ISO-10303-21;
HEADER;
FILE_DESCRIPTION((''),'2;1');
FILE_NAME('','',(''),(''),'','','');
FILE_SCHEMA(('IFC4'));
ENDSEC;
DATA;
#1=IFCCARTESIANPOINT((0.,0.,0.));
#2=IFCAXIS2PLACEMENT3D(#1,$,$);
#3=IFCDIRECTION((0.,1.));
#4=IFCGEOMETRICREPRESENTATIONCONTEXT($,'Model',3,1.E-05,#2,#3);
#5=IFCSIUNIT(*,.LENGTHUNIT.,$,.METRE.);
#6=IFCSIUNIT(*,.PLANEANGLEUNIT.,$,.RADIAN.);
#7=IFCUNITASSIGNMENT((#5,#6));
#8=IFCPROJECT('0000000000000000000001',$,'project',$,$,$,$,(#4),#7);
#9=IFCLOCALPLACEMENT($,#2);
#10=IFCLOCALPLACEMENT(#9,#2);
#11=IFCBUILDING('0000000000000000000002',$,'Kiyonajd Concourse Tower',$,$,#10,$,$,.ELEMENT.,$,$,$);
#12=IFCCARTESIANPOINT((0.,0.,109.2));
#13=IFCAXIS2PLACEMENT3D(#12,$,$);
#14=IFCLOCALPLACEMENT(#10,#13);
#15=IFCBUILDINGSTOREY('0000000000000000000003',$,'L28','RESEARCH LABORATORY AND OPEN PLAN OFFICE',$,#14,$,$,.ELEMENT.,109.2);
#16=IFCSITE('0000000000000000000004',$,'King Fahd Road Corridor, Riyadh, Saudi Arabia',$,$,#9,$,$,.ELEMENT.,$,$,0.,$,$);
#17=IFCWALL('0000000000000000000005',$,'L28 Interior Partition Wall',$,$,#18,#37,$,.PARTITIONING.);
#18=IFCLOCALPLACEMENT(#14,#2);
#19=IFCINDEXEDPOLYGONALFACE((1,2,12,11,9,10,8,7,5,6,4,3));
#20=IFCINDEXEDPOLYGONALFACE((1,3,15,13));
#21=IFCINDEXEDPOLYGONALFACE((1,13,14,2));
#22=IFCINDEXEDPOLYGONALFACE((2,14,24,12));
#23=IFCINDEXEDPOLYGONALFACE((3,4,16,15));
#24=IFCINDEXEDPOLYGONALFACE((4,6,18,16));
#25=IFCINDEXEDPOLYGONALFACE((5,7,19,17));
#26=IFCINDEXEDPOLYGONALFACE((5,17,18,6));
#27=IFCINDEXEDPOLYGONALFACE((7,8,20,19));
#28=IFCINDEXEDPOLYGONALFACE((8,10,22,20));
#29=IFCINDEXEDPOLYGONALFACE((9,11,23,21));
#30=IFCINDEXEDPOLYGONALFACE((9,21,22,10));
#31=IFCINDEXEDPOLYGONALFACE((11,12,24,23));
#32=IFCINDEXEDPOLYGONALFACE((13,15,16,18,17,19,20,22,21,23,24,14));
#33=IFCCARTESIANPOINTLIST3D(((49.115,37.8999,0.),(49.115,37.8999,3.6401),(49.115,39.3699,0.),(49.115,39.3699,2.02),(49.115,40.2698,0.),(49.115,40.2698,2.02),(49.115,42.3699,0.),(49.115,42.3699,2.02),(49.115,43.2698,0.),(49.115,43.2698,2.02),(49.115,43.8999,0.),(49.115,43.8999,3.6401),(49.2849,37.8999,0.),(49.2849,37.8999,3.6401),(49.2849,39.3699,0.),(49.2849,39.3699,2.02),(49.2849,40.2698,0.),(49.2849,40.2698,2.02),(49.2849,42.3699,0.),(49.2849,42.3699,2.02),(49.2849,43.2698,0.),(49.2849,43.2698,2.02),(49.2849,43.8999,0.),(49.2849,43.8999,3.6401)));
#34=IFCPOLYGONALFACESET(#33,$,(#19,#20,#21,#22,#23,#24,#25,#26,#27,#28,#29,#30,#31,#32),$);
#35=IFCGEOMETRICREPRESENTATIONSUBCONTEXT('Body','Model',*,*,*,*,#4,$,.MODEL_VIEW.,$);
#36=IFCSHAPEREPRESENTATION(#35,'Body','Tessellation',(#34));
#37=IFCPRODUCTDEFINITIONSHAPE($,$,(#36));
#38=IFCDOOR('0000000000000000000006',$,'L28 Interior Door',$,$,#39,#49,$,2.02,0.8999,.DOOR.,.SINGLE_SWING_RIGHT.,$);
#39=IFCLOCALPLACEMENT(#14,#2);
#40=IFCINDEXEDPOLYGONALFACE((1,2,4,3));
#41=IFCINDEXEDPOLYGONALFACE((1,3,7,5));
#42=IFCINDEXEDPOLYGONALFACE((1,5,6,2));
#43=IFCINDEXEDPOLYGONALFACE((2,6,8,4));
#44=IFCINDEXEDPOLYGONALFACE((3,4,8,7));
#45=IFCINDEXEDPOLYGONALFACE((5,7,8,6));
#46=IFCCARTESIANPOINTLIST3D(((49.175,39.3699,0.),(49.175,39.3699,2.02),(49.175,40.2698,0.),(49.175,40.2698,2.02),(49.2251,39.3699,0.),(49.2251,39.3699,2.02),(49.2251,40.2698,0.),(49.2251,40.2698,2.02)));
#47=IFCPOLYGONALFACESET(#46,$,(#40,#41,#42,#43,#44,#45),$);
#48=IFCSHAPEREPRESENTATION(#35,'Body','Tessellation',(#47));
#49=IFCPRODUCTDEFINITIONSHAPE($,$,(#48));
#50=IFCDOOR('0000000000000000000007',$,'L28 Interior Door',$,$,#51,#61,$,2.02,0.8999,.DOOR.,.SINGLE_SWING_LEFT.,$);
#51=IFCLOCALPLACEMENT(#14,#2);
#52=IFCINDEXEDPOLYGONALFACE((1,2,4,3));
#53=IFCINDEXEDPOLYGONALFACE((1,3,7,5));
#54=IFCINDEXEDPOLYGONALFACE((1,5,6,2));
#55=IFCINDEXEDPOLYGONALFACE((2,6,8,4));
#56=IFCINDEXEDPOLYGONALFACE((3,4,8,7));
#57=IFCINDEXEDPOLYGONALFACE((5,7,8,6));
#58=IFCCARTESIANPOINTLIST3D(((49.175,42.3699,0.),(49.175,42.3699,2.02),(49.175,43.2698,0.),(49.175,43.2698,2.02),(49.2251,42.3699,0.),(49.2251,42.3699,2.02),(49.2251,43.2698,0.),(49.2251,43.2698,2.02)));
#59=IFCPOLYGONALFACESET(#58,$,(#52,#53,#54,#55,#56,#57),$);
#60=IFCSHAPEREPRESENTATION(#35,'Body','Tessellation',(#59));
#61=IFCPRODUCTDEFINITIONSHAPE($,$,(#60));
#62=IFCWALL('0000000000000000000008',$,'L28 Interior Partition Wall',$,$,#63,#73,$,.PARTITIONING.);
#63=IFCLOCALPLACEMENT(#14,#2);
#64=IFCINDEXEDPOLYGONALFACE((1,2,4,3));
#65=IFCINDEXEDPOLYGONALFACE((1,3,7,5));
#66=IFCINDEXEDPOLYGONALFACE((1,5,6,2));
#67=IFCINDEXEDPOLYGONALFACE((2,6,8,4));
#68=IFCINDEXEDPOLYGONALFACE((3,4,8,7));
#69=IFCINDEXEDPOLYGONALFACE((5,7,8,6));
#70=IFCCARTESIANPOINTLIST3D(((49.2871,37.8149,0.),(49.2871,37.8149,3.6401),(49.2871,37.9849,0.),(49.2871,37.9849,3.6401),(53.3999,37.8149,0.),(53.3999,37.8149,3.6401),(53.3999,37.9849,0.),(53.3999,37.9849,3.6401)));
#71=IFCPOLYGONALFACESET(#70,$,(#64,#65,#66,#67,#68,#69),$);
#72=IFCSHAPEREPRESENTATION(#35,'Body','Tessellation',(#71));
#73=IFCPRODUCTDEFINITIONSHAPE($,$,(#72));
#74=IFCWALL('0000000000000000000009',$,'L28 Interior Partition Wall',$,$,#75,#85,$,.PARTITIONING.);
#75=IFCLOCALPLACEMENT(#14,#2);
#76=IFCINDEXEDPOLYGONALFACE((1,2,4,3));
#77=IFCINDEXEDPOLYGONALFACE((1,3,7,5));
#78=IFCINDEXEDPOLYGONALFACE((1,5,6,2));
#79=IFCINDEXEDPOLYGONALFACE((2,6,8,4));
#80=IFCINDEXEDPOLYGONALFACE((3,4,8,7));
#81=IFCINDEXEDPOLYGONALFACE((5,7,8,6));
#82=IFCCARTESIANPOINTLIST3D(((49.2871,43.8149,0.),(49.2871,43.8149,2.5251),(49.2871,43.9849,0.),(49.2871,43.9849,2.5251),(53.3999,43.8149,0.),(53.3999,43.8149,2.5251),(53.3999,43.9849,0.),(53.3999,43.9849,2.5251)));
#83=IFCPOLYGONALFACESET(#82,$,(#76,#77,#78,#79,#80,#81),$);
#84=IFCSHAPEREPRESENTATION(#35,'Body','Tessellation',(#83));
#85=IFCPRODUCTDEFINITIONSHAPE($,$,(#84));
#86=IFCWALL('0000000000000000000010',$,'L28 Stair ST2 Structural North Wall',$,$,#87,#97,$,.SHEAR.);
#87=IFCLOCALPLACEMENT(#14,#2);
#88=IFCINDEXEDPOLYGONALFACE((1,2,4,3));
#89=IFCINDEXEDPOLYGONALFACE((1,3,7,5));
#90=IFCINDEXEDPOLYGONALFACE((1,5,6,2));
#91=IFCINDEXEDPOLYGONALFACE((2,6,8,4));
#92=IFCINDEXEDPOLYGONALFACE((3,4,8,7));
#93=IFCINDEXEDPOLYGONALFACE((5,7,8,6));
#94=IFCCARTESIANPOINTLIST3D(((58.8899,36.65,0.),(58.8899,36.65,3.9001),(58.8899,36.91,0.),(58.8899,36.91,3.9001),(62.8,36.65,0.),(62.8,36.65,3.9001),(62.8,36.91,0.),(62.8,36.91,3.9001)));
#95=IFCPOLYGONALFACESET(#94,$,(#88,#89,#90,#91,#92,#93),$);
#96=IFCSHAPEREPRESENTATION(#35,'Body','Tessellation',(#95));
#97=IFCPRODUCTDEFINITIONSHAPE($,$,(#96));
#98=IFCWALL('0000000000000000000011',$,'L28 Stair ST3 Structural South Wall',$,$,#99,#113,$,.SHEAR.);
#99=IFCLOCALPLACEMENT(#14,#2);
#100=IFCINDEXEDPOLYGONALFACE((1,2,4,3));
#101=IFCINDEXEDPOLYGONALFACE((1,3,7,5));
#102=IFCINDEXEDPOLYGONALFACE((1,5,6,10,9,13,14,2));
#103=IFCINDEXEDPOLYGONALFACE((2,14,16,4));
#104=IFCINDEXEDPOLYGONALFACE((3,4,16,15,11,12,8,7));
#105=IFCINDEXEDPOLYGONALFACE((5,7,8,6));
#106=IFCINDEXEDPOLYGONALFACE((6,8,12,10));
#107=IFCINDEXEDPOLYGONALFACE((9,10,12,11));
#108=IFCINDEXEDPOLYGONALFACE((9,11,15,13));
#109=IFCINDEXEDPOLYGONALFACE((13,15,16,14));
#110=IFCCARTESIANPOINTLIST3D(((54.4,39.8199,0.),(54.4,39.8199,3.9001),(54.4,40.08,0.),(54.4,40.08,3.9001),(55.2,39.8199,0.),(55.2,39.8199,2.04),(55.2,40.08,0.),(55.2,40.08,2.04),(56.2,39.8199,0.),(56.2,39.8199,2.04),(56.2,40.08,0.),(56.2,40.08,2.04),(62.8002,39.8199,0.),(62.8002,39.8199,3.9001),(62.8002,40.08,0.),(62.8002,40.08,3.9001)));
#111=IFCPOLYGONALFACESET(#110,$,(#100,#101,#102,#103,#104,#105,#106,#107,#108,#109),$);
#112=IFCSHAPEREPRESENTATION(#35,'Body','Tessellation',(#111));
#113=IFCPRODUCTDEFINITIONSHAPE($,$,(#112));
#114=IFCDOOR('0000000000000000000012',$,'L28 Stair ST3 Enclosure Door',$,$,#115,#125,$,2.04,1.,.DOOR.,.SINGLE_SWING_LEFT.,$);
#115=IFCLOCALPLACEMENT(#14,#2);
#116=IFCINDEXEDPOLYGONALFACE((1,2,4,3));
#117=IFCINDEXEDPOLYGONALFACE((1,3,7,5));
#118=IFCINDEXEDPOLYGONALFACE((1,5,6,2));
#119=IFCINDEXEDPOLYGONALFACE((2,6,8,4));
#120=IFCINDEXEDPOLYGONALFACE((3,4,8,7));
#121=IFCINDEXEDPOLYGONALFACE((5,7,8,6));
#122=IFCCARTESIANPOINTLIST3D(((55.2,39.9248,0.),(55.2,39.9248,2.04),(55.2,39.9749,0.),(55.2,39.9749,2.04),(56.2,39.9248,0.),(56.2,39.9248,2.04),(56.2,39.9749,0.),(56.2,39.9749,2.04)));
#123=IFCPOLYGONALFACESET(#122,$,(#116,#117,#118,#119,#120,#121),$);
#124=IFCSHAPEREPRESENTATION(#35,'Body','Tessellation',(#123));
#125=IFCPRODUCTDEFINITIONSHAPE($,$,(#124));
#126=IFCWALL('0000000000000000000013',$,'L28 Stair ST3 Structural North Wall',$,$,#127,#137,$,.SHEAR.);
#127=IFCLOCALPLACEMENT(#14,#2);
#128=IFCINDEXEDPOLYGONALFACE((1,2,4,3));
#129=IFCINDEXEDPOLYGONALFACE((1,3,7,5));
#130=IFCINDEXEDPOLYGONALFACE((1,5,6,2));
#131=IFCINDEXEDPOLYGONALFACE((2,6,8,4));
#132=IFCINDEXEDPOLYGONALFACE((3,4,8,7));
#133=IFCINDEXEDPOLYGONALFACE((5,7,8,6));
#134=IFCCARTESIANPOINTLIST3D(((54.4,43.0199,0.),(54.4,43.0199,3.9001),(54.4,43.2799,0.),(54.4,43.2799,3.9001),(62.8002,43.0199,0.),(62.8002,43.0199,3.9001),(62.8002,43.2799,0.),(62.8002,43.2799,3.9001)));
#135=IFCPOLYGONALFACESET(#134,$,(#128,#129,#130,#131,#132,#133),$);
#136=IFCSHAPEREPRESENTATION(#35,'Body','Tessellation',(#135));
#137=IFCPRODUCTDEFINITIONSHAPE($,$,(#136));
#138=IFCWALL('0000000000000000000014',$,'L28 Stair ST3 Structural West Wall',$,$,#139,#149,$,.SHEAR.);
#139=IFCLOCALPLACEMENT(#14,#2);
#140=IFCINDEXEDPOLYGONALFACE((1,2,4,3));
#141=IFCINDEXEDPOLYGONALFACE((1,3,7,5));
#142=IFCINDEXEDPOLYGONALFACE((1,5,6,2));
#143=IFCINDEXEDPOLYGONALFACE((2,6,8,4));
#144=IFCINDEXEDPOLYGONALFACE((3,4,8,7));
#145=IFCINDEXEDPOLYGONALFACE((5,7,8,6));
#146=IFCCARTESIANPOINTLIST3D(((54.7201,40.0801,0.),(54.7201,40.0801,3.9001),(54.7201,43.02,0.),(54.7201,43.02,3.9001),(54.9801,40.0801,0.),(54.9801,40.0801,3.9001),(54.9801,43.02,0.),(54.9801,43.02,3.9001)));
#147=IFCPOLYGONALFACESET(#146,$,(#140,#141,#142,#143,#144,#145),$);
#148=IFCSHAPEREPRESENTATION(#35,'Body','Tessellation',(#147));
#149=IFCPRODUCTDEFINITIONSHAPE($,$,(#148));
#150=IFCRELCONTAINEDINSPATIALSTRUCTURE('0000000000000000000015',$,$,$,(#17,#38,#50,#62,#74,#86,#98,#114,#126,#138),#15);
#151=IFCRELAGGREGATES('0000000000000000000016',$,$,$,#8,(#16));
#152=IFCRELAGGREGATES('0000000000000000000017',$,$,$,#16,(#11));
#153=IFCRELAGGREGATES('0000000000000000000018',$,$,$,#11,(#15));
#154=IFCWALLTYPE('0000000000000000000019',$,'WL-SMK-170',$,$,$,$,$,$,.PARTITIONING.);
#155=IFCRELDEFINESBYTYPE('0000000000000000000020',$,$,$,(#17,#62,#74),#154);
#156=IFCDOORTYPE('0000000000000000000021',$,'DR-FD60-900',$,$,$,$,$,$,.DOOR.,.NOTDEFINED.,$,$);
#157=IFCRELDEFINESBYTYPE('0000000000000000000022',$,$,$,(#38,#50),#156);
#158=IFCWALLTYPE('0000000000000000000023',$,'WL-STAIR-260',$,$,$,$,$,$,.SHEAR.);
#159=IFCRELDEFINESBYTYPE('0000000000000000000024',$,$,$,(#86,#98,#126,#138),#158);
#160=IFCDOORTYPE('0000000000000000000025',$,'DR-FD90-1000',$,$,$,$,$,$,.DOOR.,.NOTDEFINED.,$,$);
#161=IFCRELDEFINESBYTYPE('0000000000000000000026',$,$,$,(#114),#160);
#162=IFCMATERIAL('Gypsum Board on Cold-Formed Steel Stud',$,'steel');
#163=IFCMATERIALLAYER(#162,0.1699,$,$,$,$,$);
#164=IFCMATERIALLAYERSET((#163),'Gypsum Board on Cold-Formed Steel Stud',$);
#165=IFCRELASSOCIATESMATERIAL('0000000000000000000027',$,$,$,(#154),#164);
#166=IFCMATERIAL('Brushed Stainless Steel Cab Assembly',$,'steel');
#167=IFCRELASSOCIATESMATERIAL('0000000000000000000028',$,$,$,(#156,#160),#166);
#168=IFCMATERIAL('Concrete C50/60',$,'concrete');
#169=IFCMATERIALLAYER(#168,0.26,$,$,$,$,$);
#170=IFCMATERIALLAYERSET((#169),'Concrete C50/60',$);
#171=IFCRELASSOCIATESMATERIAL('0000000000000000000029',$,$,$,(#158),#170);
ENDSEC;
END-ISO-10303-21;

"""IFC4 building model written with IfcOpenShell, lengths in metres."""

from ifc_helpers import new_model, si_unit, direction, frame, frame_2d, origin, place, context, subcontext, project, spatial, rectangle, extrude, material, layer, layer_set, type_object, element, fill, save


model = new_model("IFC4")

# Units and contexts
model_context = context("Model", 3, precision=1e-05, world=origin(), true_north=direction((0.0, 1.0)))
body_context = subcontext(model_context, "Body", "Model", "MODEL_VIEW")
ifc_project = project(units=[si_unit("LENGTHUNIT", "METRE"), si_unit("PLANEANGLEUNIT", "RADIAN")], contexts=[model_context])

# Site, building, storey
site_placement = place(None, origin())
site = spatial("IfcSite", under=ifc_project, at=site_placement, Name="King Fahd Road Corridor, Riyadh, Saudi Arabia", CompositionType="ELEMENT", RefElevation=0.0)
building_placement = place(site_placement, origin())
building = spatial("IfcBuilding", under=site, at=building_placement, Name="Kiyonajd Concourse Tower", CompositionType="ELEMENT")
storey_placement = place(building_placement, frame((0.0, 0.0, 109.2)))
storey = spatial("IfcBuildingStorey", under=building, at=storey_placement, Name="L28", Description="RESEARCH LABORATORY AND OPEN PLAN OFFICE", CompositionType="ELEMENT", Elevation=109.2)

# Shared definitions
ifc_material_1 = material(Name="Concrete C50/60", Category="concrete")

# Shared definitions
ifc_material_2 = material(Name="Gypsum Board on Cold-Formed Steel Stud", Category="steel")
ifc_layer_1 = layer(ifc_material_2, 0.1699)
ifc_layer_set_1 = layer_set([ifc_layer_1], Name="Gypsum Board on Cold-Formed Steel Stud")
wall_type_1 = type_object("IfcWallType", Name="WL-SMK-170", PredefinedType="PARTITIONING", material=ifc_layer_set_1)

# Wall, openings, doors
wall_1_placement = place(storey_placement, frame((49.2, 37.8999, 0.0), z_axis=(0.0, 0.0, 1.0), x_axis=(0.0, 1.0, 0.0)))
wall_1 = element("IfcWall", 1, at=wall_1_placement, inside=storey, type_object=wall_type_1, Name="L28 Interior Partition Wall", PredefinedType="PARTITIONING", context=body_context, shape_type="SweptSolid", body=[
    extrude(rectangle(XDim=6.0, YDim=0.1699, at=frame_2d((3.0, 0.0))), origin(), (0.0, 0.0, 1.0), 3.6401),
])
opening_1_placement = place(wall_1_placement, frame((1.47, 0.0, 0.0)))
opening_1 = element("IfcOpeningElement", 2, at=opening_1_placement, cuts=wall_1, PredefinedType="OPENING", context=body_context, shape_type="SweptSolid", body=[
    extrude(rectangle(XDim=0.8999, YDim=2.02, at=frame_2d((0.45, 1.01))), frame((0.0, 0.095, 0.0), z_axis=(0.0, -1.0, 0.0), x_axis=(1.0, 0.0, 0.0)), (0.0, 0.0, 1.0), 0.1899),
])
opening_2_placement = place(wall_1_placement, frame((4.47, 0.0, 0.0)))
opening_2 = element("IfcOpeningElement", 3, at=opening_2_placement, cuts=wall_1, PredefinedType="OPENING", context=body_context, shape_type="SweptSolid", body=[
    extrude(rectangle(XDim=0.8999, YDim=2.02, at=frame_2d((0.45, 1.01))), frame((0.0, 0.095, 0.0), z_axis=(0.0, -1.0, 0.0), x_axis=(1.0, 0.0, 0.0)), (0.0, 0.0, 1.0), 0.1899),
])
ifc_material_3 = material(Name="Brushed Stainless Steel Cab Assembly", Category="steel")
door_type_1 = type_object("IfcDoorType", Name="DR-FD60-900", OperationType="NOTDEFINED", PredefinedType="DOOR", material=ifc_material_3)
door_1_placement = place(opening_1_placement, origin())
door_1 = element("IfcDoor", 4, at=door_1_placement, inside=storey, type_object=door_type_1, Name="L28 Interior Door", OperationType="SINGLE_SWING_RIGHT", OverallHeight=2.02, OverallWidth=0.8999, PredefinedType="DOOR", context=body_context, shape_type="SweptSolid", body=[
    extrude(rectangle(XDim=0.8999, YDim=2.02, at=frame_2d((0.45, 1.01))), frame((0.0, 0.0249, 0.0), z_axis=(0.0, -1.0, 0.0), x_axis=(1.0, 0.0, 0.0)), (0.0, 0.0, 1.0), 0.05),
])
fill(opening_1, door_1)
door_2_placement = place(opening_2_placement, origin())
door_2 = element("IfcDoor", 5, at=door_2_placement, inside=storey, type_object=door_type_1, Name="L28 Interior Door", OperationType="SINGLE_SWING_LEFT", OverallHeight=2.02, OverallWidth=0.8999, PredefinedType="DOOR", context=body_context, shape_type="SweptSolid", body=[
    extrude(rectangle(XDim=0.8999, YDim=2.02, at=frame_2d((0.45, 1.01))), frame((0.0, 0.0249, 0.0), z_axis=(0.0, -1.0, 0.0), x_axis=(1.0, 0.0, 0.0)), (0.0, 0.0, 1.0), 0.05),
])
fill(opening_2, door_2)

# Walls
wall_2_placement = place(storey_placement, frame((49.2871, 37.8999, 0.0), z_axis=(0.0, 0.0, 1.0), x_axis=(1.0, 0.0, 0.0)))
element("IfcWall", 6, at=wall_2_placement, inside=storey, type_object=wall_type_1, Name="L28 Interior Partition Wall", PredefinedType="PARTITIONING", context=body_context, shape_type="SweptSolid", body=[
    extrude(rectangle(XDim=4.1128, YDim=0.1699, at=frame_2d((2.0564, 0.0))), origin(), (0.0, 0.0, 1.0), 3.6401),
])
wall_3_placement = place(storey_placement, frame((49.2871, 43.8999, 0.0), z_axis=(0.0, 0.0, 1.0), x_axis=(1.0, 0.0, 0.0)))
element("IfcWall", 7, at=wall_3_placement, inside=storey, type_object=wall_type_1, Name="L28 Interior Partition Wall", PredefinedType="PARTITIONING", context=body_context, shape_type="SweptSolid", body=[
    extrude(rectangle(XDim=4.1128, YDim=0.1699, at=frame_2d((2.0564, 0.0))), origin(), (0.0, 0.0, 1.0), 2.5251),
])
ifc_layer_2 = layer(ifc_material_1, 0.26)
ifc_layer_set_2 = layer_set([ifc_layer_2], Name="Concrete C50/60")
wall_type_2 = type_object("IfcWallType", Name="WL-STAIR-260", PredefinedType="SHEAR", material=ifc_layer_set_2)
wall_4_placement = place(storey_placement, frame((58.8899, 36.78, 0.0), z_axis=(0.0, 0.0, 1.0), x_axis=(1.0, 0.0, 0.0)))
element("IfcWall", 8, at=wall_4_placement, inside=storey, type_object=wall_type_2, Name="L28 Stair ST2 Structural North Wall", PredefinedType="SHEAR", context=body_context, shape_type="SweptSolid", body=[
    extrude(rectangle(XDim=3.9102, YDim=0.26, at=frame_2d((1.9551, 0.0))), origin(), (0.0, 0.0, 1.0), 3.9001),
])

# Wall, opening, door
wall_5_placement = place(storey_placement, frame((54.3999, 39.95, 0.0), z_axis=(0.0, 0.0, 1.0), x_axis=(1.0, 0.0, 0.0)))
wall_5 = element("IfcWall", 9, at=wall_5_placement, inside=storey, type_object=wall_type_2, Name="L28 Stair ST3 Structural South Wall", PredefinedType="SHEAR", context=body_context, shape_type="SweptSolid", body=[
    extrude(rectangle(XDim=8.4001, YDim=0.26, at=frame_2d((4.2002, 0.0))), origin(), (0.0, 0.0, 1.0), 3.9001),
])
opening_3_placement = place(wall_5_placement, frame((0.8, 0.0, 0.0)))
opening_3 = element("IfcOpeningElement", 10, at=opening_3_placement, cuts=wall_5, PredefinedType="OPENING", context=body_context, shape_type="SweptSolid", body=[
    extrude(rectangle(XDim=1.0, YDim=2.04, at=frame_2d((0.5, 1.02))), frame((0.0, 0.1399, 0.0), z_axis=(0.0, -1.0, 0.0), x_axis=(1.0, 0.0, 0.0)), (0.0, 0.0, 1.0), 0.28),
])
door_type_2 = type_object("IfcDoorType", Name="DR-FD90-1000", OperationType="NOTDEFINED", PredefinedType="DOOR", material=ifc_material_3)
door_3_placement = place(opening_3_placement, origin())
door_3 = element("IfcDoor", 11, at=door_3_placement, inside=storey, type_object=door_type_2, Name="L28 Stair ST3 Enclosure Door", OperationType="SINGLE_SWING_LEFT", OverallHeight=2.04, OverallWidth=1.0, PredefinedType="DOOR", context=body_context, shape_type="SweptSolid", body=[
    extrude(rectangle(XDim=1.0, YDim=2.04, at=frame_2d((0.5, 1.02))), frame((0.0, 0.0249, 0.0), z_axis=(0.0, -1.0, 0.0), x_axis=(1.0, 0.0, 0.0)), (0.0, 0.0, 1.0), 0.05),
])
fill(opening_3, door_3)

# Walls
wall_6_placement = place(storey_placement, frame((54.3999, 43.1499, 0.0), z_axis=(0.0, 0.0, 1.0), x_axis=(1.0, 0.0, 0.0)))
element("IfcWall", 12, at=wall_6_placement, inside=storey, type_object=wall_type_2, Name="L28 Stair ST3 Structural North Wall", PredefinedType="SHEAR", context=body_context, shape_type="SweptSolid", body=[
    extrude(rectangle(XDim=8.4001, YDim=0.26, at=frame_2d((4.2002, 0.0))), origin(), (0.0, 0.0, 1.0), 3.9001),
])
wall_7_placement = place(storey_placement, frame((54.8501, 40.0801, 0.0), z_axis=(0.0, 0.0, 1.0), x_axis=(0.0, 1.0, 0.0)))
element("IfcWall", 13, at=wall_7_placement, inside=storey, type_object=wall_type_2, Name="L28 Stair ST3 Structural West Wall", PredefinedType="SHEAR", context=body_context, shape_type="SweptSolid", body=[
    extrude(rectangle(XDim=2.9399, YDim=0.26, at=frame_2d((1.47, 0.0))), origin(), (0.0, 0.0, 1.0), 3.9001),
])

save(model, "model.ifc")
